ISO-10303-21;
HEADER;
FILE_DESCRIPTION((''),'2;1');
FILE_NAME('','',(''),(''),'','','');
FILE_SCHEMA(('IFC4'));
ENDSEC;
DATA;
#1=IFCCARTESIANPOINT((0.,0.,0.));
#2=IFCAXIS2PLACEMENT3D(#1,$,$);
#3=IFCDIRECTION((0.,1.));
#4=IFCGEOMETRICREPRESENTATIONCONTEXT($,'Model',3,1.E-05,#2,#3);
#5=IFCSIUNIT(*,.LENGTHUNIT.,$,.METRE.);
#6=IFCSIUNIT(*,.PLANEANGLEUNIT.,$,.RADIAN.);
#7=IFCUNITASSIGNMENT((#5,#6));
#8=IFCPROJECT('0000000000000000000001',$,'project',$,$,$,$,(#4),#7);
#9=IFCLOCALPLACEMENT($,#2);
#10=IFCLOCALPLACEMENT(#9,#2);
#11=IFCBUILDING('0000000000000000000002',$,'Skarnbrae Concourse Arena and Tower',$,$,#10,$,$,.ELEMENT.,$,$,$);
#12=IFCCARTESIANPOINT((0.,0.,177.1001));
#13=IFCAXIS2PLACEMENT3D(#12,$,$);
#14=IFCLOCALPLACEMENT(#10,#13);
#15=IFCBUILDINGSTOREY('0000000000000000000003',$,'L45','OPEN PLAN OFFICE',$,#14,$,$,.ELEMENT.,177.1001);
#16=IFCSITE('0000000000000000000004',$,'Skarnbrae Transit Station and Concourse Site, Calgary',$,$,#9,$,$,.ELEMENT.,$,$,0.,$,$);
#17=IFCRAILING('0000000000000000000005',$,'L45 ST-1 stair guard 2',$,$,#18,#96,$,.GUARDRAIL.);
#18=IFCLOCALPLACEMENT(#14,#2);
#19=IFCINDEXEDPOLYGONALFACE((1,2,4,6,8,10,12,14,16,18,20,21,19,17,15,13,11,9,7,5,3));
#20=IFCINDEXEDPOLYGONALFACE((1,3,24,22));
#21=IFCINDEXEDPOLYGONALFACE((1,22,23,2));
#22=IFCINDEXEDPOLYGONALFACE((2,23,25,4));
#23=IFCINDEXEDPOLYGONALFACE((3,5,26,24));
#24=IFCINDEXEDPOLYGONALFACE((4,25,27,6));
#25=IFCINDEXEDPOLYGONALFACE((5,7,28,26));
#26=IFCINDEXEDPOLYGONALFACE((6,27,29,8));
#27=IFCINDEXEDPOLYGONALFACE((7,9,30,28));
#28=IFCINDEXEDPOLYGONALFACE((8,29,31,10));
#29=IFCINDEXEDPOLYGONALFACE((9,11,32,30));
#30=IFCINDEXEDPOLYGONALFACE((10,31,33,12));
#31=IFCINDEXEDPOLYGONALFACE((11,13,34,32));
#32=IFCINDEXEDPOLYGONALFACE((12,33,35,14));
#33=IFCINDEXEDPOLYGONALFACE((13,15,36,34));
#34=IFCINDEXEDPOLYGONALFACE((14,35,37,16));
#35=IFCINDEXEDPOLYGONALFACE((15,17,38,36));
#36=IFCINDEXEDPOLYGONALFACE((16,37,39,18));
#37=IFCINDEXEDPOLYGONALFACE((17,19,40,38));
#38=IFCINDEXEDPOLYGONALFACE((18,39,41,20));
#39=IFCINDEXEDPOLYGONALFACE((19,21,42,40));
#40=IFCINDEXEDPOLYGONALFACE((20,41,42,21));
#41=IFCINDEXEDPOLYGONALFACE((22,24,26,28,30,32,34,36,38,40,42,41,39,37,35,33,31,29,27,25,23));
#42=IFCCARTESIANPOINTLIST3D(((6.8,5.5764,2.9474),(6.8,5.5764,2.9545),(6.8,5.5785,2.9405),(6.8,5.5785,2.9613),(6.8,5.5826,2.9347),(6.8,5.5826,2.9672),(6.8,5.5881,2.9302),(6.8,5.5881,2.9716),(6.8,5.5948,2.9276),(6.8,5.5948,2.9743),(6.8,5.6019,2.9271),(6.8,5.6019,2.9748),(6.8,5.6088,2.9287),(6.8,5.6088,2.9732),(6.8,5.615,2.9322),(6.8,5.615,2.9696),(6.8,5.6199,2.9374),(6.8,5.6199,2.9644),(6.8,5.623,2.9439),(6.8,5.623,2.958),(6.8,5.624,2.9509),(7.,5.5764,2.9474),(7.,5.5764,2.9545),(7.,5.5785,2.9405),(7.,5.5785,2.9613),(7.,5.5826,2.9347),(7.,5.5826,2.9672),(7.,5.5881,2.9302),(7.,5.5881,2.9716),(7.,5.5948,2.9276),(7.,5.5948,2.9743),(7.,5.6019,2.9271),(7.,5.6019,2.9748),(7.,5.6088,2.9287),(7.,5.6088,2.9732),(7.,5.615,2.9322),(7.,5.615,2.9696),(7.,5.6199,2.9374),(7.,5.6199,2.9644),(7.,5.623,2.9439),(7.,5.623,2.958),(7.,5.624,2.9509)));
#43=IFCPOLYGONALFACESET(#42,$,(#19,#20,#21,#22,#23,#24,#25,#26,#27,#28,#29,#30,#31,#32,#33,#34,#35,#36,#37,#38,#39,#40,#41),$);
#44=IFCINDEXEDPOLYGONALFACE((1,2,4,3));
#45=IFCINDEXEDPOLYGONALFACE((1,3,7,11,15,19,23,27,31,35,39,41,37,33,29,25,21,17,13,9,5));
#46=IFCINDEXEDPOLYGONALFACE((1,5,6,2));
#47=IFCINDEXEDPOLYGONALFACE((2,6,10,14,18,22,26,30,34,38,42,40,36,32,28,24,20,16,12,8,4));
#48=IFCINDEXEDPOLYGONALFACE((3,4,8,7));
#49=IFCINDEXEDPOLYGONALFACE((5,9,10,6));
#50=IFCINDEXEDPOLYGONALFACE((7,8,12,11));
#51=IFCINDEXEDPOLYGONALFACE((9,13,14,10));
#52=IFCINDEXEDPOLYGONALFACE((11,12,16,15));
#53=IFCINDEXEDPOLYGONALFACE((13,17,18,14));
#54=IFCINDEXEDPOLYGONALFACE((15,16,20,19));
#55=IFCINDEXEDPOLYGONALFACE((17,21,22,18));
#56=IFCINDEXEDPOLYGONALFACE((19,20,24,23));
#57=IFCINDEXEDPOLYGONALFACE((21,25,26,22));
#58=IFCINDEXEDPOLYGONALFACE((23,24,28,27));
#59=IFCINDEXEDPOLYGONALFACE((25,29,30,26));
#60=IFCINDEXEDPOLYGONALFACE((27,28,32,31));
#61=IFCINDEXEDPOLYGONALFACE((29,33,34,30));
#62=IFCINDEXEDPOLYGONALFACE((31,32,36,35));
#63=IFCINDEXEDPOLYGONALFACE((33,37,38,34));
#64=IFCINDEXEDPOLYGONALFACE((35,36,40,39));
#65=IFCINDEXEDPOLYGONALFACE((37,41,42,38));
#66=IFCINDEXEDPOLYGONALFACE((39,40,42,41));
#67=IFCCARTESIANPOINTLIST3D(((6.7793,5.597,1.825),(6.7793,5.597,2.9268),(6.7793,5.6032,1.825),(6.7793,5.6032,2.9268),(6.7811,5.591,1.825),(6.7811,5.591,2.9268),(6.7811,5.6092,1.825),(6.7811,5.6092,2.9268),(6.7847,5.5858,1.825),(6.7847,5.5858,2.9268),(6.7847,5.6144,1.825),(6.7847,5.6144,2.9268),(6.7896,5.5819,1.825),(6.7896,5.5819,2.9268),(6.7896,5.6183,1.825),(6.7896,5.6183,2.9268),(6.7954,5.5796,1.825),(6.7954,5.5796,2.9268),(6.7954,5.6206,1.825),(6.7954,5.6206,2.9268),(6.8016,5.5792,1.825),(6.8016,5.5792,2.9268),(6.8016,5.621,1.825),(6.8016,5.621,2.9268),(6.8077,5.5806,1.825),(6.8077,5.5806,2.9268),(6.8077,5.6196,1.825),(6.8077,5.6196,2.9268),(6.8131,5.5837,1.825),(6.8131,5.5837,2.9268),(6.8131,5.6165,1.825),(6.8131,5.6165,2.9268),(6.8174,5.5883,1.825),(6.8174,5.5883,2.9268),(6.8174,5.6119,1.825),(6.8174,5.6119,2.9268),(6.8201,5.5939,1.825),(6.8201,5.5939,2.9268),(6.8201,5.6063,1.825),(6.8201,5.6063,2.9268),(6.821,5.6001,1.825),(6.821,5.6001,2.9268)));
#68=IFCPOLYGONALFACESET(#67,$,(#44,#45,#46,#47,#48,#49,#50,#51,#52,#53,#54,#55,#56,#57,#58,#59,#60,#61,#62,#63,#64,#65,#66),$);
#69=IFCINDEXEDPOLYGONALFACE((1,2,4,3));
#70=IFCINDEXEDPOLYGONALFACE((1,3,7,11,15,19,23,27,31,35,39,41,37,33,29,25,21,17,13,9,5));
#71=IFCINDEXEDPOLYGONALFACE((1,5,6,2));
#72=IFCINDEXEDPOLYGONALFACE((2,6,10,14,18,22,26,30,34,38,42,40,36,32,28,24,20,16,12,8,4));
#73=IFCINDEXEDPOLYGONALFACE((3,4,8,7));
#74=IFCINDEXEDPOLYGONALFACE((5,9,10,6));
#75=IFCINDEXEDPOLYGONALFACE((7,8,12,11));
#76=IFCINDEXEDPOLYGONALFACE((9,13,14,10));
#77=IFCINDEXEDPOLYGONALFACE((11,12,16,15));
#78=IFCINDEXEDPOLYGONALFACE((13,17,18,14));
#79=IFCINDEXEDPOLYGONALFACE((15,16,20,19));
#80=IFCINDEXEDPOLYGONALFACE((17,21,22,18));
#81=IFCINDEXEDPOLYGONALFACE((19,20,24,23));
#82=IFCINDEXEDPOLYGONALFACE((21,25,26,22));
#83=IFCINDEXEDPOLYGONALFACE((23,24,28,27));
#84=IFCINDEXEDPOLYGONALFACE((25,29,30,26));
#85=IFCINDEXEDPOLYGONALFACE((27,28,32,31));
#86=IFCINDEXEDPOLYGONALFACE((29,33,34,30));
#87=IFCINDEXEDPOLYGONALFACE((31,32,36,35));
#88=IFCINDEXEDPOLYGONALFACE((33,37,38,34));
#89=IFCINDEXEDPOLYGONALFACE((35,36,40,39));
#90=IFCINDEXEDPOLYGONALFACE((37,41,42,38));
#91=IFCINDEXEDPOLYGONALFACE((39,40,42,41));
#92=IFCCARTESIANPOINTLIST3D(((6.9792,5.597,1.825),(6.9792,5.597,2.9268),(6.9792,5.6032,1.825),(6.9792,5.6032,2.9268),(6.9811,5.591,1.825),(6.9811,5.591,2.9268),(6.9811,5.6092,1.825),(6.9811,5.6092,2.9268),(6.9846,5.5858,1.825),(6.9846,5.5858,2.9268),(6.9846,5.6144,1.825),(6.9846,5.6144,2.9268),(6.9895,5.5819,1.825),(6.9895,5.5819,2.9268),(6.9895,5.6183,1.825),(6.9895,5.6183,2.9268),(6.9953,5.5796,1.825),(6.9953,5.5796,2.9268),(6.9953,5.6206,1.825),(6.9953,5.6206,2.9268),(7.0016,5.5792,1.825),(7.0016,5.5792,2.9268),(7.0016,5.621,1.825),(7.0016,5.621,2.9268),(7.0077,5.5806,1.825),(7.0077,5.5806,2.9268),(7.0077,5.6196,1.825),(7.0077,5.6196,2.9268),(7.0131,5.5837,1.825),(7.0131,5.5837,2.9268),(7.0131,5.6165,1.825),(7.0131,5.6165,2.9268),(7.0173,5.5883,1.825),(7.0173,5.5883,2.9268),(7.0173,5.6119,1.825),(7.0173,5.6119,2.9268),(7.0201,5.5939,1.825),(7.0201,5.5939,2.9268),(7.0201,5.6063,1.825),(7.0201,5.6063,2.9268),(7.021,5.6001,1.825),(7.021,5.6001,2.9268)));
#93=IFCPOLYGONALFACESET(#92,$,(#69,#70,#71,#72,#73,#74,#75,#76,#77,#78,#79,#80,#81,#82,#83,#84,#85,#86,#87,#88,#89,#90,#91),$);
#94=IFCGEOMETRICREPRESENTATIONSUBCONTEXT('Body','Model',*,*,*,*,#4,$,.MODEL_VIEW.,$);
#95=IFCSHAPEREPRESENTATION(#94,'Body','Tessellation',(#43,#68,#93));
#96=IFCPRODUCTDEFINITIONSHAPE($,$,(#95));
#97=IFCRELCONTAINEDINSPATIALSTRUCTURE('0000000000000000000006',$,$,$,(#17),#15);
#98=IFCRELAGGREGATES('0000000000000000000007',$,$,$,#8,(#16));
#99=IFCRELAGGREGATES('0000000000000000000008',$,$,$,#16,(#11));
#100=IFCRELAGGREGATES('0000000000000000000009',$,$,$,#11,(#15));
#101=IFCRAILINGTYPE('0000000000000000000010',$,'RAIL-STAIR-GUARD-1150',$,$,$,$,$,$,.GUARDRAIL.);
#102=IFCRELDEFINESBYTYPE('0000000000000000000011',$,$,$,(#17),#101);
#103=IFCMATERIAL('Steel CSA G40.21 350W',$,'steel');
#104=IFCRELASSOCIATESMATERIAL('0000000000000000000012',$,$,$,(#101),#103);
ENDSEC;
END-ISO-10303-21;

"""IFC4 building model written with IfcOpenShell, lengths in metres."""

from ifc_helpers import new_model, si_unit, direction, frame, origin, origin_2d, place, context, subcontext, project, spatial, circle, extrude, material, type_object, element, save


model = new_model("IFC4")

# Units and contexts
model_context = context("Model", 3, precision=1e-05, world=origin(), true_north=direction((0.0, 1.0)))
body_context = subcontext(model_context, "Body", "Model", "MODEL_VIEW")
ifc_project = project(units=[si_unit("LENGTHUNIT", "METRE"), si_unit("PLANEANGLEUNIT", "RADIAN")], contexts=[model_context])

# Site, building, storey
site_placement = place(None, origin())
site = spatial("IfcSite", under=ifc_project, at=site_placement, Name="Skarnbrae Transit Station and Concourse Site, Calgary", CompositionType="ELEMENT", RefElevation=0.0)
building_placement = place(site_placement, origin())
building = spatial("IfcBuilding", under=site, at=building_placement, Name="Skarnbrae Concourse Arena and Tower", CompositionType="ELEMENT")
storey_placement = place(building_placement, frame((0.0, 0.0, 177.1001)))
storey = spatial("IfcBuildingStorey", under=building, at=storey_placement, Name="L45", Description="OPEN PLAN OFFICE", CompositionType="ELEMENT", Elevation=177.1001)

# Shared definitions
ifc_material_1 = material(Name="Steel CSA G40.21 350W", Category="steel")

# Railing
railing_type_1 = type_object("IfcRailingType", Name="RAIL-STAIR-GUARD-1150", PredefinedType="GUARDRAIL", material=ifc_material_1)
railing_1_placement = place(storey_placement, frame((6.8, 5.6001, 1.825)))
element("IfcRailing", 1, at=railing_1_placement, inside=storey, type_object=railing_type_1, Name="L45 ST-1 stair guard 2", PredefinedType="GUARDRAIL", context=body_context, shape_type="SweptSolid", body=[
    extrude(circle(Radius=0.0239, at=origin_2d()), frame((0.0, 0.0, 1.126), z_axis=(1.0, 0.0, 0.0), x_axis=(0.0, 1.0, 0.0)), (0.0, 0.0, 1.0), 0.2),
    extrude(circle(Radius=0.021, at=origin_2d()), origin(), (0.0, 0.0, 1.0), 1.1018),
    extrude(circle(Radius=0.021, at=origin_2d()), frame((0.2, 0.0, 0.0)), (0.0, 0.0, 1.0), 1.1018),
])

save(model, "model.ifc")
